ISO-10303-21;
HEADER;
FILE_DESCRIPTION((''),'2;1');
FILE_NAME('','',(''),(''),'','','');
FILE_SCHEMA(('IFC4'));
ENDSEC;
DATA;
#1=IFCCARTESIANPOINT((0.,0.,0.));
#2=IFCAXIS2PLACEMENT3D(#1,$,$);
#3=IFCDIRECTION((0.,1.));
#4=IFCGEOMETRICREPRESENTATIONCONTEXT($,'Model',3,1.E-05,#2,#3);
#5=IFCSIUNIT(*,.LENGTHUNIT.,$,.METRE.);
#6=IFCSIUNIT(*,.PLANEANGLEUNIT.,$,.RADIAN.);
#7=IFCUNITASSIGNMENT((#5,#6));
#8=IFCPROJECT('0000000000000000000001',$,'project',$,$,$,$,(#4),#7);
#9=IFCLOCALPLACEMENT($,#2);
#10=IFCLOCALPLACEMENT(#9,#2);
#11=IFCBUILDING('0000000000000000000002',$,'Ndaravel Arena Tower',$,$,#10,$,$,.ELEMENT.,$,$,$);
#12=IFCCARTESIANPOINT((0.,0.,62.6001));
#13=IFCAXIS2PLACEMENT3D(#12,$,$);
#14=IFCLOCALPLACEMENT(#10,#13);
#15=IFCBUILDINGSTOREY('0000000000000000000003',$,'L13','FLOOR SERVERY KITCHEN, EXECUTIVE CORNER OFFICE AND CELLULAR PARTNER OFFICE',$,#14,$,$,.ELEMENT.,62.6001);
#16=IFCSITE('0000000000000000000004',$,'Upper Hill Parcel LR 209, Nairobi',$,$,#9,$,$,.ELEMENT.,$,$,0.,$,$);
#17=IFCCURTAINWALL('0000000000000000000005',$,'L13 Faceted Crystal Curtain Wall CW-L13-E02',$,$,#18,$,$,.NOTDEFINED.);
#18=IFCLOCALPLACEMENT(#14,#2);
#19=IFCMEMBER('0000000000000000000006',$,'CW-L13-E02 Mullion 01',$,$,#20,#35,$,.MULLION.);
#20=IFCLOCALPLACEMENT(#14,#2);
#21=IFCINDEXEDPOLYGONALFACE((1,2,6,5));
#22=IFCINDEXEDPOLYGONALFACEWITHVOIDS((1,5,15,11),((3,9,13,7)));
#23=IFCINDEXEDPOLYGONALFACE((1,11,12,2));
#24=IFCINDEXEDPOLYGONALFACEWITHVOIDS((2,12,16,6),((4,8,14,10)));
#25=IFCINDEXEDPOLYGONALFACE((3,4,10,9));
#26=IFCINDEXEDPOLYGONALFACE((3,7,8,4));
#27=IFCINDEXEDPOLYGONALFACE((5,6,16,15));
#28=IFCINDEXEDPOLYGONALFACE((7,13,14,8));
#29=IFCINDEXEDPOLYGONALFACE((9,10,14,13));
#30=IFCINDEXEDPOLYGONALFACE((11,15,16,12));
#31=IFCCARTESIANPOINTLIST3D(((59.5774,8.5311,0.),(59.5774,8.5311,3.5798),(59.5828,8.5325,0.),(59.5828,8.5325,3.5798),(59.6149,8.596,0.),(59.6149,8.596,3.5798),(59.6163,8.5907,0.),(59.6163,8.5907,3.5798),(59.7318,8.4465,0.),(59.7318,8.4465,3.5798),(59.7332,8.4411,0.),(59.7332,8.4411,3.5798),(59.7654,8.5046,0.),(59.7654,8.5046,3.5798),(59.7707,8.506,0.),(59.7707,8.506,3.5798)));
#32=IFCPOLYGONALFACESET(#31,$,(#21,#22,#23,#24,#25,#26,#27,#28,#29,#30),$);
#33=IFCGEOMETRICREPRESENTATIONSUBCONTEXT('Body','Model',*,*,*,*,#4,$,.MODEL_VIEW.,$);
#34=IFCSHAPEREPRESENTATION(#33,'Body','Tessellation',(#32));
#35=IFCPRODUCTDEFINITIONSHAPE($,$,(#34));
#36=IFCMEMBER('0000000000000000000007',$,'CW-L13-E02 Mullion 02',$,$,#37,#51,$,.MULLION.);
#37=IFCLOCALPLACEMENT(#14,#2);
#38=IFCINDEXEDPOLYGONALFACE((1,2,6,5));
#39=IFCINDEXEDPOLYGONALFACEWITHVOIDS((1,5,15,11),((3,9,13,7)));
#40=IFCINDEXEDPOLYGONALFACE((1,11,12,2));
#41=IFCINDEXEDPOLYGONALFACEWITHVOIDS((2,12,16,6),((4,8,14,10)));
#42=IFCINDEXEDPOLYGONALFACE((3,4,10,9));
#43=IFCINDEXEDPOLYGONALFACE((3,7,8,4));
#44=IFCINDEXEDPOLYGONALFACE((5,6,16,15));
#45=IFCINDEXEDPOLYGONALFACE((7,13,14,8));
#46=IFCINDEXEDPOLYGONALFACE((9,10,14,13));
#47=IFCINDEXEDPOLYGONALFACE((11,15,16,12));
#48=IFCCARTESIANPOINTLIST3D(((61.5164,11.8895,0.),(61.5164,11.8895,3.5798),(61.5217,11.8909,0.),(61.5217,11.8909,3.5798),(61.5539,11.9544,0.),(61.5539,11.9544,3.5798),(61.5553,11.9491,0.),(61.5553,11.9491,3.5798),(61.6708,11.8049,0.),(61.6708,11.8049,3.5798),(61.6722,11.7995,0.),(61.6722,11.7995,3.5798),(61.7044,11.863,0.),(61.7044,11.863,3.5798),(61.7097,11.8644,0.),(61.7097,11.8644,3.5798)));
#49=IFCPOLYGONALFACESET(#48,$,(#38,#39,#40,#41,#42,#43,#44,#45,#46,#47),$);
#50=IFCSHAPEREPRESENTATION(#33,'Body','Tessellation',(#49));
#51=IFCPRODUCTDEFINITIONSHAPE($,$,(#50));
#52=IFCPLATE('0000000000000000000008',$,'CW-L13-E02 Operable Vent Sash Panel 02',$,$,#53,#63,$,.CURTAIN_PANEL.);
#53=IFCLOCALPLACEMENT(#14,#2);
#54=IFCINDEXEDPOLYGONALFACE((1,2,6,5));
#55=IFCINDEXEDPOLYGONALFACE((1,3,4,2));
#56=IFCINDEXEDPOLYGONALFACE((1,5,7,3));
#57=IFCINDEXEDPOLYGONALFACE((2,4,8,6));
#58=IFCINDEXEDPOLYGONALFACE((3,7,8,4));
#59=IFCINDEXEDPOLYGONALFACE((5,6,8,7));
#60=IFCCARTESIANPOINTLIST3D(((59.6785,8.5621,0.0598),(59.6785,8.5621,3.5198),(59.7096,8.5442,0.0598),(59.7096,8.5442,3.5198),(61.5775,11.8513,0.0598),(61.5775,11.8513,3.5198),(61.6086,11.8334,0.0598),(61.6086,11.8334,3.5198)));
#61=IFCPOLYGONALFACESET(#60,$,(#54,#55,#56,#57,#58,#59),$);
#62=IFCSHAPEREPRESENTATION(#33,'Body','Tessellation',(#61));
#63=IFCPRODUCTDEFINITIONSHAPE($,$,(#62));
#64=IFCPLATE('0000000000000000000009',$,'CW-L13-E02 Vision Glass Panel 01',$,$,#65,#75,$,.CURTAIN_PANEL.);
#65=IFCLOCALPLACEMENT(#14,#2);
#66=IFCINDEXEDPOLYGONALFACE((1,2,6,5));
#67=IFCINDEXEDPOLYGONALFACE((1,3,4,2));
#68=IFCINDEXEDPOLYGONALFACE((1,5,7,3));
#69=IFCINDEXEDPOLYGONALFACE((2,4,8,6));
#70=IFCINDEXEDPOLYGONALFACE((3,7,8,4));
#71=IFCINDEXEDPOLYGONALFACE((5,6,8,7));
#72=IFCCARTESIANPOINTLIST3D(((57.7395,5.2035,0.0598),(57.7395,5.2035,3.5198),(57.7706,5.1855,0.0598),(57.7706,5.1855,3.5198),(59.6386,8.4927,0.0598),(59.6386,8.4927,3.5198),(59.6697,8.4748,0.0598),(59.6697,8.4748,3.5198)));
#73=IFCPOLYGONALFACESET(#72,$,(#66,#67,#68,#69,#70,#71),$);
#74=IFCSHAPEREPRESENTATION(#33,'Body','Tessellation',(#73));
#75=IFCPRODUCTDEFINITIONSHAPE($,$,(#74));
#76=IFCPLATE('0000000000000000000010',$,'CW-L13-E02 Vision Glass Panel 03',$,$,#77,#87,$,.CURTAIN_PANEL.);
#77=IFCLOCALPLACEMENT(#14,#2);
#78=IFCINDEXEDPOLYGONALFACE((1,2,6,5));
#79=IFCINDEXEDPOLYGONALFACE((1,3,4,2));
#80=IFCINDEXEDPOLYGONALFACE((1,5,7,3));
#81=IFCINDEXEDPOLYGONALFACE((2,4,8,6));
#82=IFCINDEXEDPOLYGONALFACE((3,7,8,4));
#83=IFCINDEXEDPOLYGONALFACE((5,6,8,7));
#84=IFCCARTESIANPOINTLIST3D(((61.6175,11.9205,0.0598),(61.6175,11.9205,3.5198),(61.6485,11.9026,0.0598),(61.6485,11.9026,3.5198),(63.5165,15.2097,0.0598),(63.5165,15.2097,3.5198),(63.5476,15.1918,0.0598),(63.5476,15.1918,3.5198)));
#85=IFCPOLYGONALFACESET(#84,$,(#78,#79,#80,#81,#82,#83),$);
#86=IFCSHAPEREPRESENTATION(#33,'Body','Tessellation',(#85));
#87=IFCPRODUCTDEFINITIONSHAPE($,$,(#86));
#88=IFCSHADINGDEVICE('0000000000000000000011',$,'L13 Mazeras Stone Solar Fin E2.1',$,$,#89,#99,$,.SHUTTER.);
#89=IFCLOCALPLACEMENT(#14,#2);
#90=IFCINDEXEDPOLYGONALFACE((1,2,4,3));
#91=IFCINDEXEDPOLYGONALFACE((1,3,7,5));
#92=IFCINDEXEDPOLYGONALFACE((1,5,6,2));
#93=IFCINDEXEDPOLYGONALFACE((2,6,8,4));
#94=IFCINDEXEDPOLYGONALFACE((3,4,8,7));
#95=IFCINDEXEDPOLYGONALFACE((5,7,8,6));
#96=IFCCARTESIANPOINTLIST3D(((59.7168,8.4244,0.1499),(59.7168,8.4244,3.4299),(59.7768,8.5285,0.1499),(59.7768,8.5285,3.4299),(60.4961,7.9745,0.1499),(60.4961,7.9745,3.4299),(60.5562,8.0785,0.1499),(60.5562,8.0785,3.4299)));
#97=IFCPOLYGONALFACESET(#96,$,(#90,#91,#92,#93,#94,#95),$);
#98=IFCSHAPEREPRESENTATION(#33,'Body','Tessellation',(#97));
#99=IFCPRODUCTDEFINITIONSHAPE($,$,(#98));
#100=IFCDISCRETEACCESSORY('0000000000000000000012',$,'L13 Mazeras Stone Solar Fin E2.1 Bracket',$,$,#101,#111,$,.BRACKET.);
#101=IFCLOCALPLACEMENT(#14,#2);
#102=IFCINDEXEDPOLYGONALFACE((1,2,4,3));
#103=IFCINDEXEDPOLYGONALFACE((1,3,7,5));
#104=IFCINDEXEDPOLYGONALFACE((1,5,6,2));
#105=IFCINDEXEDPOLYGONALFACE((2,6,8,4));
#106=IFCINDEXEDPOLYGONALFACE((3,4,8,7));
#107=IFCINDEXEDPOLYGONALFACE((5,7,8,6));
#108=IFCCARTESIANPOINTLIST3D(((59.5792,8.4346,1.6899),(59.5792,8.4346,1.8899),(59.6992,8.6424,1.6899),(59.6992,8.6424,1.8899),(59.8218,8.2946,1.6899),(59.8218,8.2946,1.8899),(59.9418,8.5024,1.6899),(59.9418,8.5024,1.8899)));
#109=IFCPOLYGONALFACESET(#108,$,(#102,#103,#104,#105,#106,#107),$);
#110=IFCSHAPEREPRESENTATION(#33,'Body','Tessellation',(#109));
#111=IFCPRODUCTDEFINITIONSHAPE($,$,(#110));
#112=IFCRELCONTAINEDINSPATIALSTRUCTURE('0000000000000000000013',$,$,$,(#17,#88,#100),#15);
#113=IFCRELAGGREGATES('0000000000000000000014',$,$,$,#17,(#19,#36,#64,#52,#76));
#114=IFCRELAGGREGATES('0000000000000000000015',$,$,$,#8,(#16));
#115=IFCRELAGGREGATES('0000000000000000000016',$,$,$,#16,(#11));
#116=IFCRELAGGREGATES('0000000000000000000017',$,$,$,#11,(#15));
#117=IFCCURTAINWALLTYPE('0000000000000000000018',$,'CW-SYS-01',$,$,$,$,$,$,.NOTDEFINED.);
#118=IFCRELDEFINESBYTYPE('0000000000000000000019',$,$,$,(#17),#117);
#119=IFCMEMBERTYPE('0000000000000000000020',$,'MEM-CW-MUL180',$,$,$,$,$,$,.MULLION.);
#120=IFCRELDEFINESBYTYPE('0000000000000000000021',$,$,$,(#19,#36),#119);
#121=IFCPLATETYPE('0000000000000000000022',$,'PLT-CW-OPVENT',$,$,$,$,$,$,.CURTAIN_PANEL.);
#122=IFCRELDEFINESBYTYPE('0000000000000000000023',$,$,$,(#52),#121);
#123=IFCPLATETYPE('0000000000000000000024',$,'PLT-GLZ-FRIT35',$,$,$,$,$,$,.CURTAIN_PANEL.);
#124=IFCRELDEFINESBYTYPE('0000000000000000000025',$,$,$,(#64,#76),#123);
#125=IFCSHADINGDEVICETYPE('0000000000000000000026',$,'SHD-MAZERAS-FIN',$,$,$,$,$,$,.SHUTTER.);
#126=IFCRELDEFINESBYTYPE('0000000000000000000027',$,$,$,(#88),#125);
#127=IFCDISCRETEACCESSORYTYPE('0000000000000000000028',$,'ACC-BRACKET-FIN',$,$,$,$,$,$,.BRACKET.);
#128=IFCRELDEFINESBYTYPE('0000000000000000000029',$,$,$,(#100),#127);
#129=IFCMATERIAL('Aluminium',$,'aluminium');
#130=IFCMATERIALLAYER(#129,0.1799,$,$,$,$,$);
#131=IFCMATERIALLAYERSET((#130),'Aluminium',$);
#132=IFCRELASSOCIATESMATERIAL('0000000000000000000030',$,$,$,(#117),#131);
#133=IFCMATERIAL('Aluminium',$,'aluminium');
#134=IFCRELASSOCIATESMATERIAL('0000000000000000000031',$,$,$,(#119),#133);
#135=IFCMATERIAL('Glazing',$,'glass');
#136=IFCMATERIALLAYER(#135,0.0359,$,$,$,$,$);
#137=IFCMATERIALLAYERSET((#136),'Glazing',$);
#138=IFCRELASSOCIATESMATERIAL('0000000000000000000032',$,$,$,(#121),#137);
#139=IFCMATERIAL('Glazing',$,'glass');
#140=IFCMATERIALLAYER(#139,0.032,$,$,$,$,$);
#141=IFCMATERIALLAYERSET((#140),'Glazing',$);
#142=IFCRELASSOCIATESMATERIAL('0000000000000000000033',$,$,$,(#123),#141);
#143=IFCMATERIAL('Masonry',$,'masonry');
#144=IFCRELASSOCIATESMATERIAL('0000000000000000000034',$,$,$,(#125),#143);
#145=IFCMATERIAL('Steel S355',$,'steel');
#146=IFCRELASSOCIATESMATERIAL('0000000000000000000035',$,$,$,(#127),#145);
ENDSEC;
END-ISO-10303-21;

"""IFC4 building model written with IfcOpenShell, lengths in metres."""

from ifc_helpers import new_model, si_unit, direction, frame, origin, origin_2d, place, context, subcontext, project, spatial, rectangle, hollow_rectangle, extrude, material, layer, layer_set, material_profile, profile_set, type_object, element, aggregate, save


model = new_model("IFC4")

# Units and contexts
model_context = context("Model", 3, precision=1e-05, world=origin(), true_north=direction((0.0, 1.0)))
body_context = subcontext(model_context, "Body", "Model", "MODEL_VIEW")
ifc_project = project(units=[si_unit("LENGTHUNIT", "METRE"), si_unit("PLANEANGLEUNIT", "RADIAN")], contexts=[model_context])

# Site, building, storey
site_placement = place(None, origin())
site = spatial("IfcSite", under=ifc_project, at=site_placement, Name="Upper Hill Parcel LR 209, Nairobi", CompositionType="ELEMENT", RefElevation=0.0)
building_placement = place(site_placement, origin())
building = spatial("IfcBuilding", under=site, at=building_placement, Name="Ndaravel Arena Tower", CompositionType="ELEMENT")
storey_placement = place(building_placement, frame((0.0, 0.0, 62.6001)))
storey = spatial("IfcBuildingStorey", under=building, at=storey_placement, Name="L13", Description="FLOOR SERVERY KITCHEN, EXECUTIVE CORNER OFFICE AND CELLULAR PARTNER OFFICE", CompositionType="ELEMENT", Elevation=62.6001)

# Curtain wall, members, plates
ifc_material_1 = material(Name="Aluminium", Category="aluminium")
ifc_layer_1 = layer(ifc_material_1, 0.1799)
ifc_layer_set_1 = layer_set([ifc_layer_1], Name="Aluminium")
curtain_wall_type = type_object("IfcCurtainWallType", Name="CW-SYS-01", PredefinedType="NOTDEFINED", material=ifc_layer_set_1)
curtain_wall_placement = place(storey_placement, origin())
curtain_wall = element("IfcCurtainWall", 1, at=curtain_wall_placement, inside=storey, type_object=curtain_wall_type, Name="L13 Faceted Crystal Curtain Wall CW-L13-E02", PredefinedType="NOTDEFINED")
ifc_material_2 = material(Name="Aluminium", Category="aluminium")
ifc_material_profile_1 = material_profile(ifc_material_2, hollow_rectangle(XDim=0.075, YDim=0.1799, WallThickness=0.0039, at=origin_2d()), Name="CW MULLION 75x180x4")
ifc_profile_set_1 = profile_set([ifc_material_profile_1], Name="Aluminium")
member_type = type_object("IfcMemberType", Name="MEM-CW-MUL180", PredefinedType="MULLION", material=ifc_profile_set_1)
member_1_placement = place(storey_placement, frame((59.6741, 8.5186, 0.0), z_axis=(0.0, 0.0, 1.0), x_axis=(0.5, 0.866025, 0.0)))
member_1 = element("IfcMember", 2, at=member_1_placement, type_object=member_type, Name="CW-L13-E02 Mullion 01", PredefinedType="MULLION", context=body_context, shape_type="SweptSolid", body=[
    extrude(hollow_rectangle(XDim=0.075, YDim=0.1799, WallThickness=0.0039, at=origin_2d()), origin(), (0.0, 0.0, 1.0), 3.5798),
])
member_2_placement = place(storey_placement, frame((61.613, 11.877, 0.0), z_axis=(0.0, 0.0, 1.0), x_axis=(0.5, 0.866025, 0.0)))
member_2 = element("IfcMember", 3, at=member_2_placement, type_object=member_type, Name="CW-L13-E02 Mullion 02", PredefinedType="MULLION", context=body_context, shape_type="SweptSolid", body=[
    extrude(hollow_rectangle(XDim=0.075, YDim=0.1799, WallThickness=0.0039, at=origin_2d()), origin(), (0.0, 0.0, 1.0), 3.5798),
])
ifc_material_3 = material(Name="Glazing", Category="glass")
ifc_layer_2 = layer(ifc_material_3, 0.0359)
ifc_layer_set_2 = layer_set([ifc_layer_2], Name="Glazing")
plate_type_1 = type_object("IfcPlateType", Name="PLT-CW-OPVENT", PredefinedType="CURTAIN_PANEL", material=ifc_layer_set_2)
plate_1_placement = place(storey_placement, frame((60.6436, 10.1978, 0.0598), z_axis=(0.0, 0.0, 1.0), x_axis=(0.5, 0.866025, 0.0)))
plate_1 = element("IfcPlate", 4, at=plate_1_placement, type_object=plate_type_1, Name="CW-L13-E02 Operable Vent Sash Panel 02", PredefinedType="CURTAIN_PANEL", context=body_context, shape_type="SweptSolid", body=[
    extrude(rectangle(XDim=3.7981, YDim=0.0359, at=origin_2d()), origin(), (0.0, 0.0, 1.0), 3.46),
])
ifc_material_4 = material(Name="Glazing", Category="glass")
ifc_layer_3 = layer(ifc_material_4, 0.032)
ifc_layer_set_3 = layer_set([ifc_layer_3], Name="Glazing")
plate_type_2 = type_object("IfcPlateType", Name="PLT-GLZ-FRIT35", PredefinedType="CURTAIN_PANEL", material=ifc_layer_set_3)
plate_2_placement = place(storey_placement, frame((58.7046, 6.8391, 0.0598), z_axis=(0.0, 0.0, 1.0), x_axis=(0.5, 0.866025, 0.0)))
plate_2 = element("IfcPlate", 5, at=plate_2_placement, type_object=plate_type_2, Name="CW-L13-E02 Vision Glass Panel 01", PredefinedType="CURTAIN_PANEL", context=body_context, shape_type="SweptSolid", body=[
    extrude(rectangle(XDim=3.7981, YDim=0.0359, at=origin_2d()), origin(), (0.0, 0.0, 1.0), 3.46),
])
plate_3_placement = place(storey_placement, frame((62.5825, 13.5562, 0.0598), z_axis=(0.0, 0.0, 1.0), x_axis=(0.5, 0.866025, 0.0)))
plate_3 = element("IfcPlate", 6, at=plate_3_placement, type_object=plate_type_2, Name="CW-L13-E02 Vision Glass Panel 03", PredefinedType="CURTAIN_PANEL", context=body_context, shape_type="SweptSolid", body=[
    extrude(rectangle(XDim=3.7981, YDim=0.0359, at=origin_2d()), origin(), (0.0, 0.0, 1.0), 3.46),
])
aggregate(curtain_wall, [member_1, member_2, plate_2, plate_1, plate_3])

# Shading device
ifc_material_5 = material(Name="Masonry", Category="masonry")
shading_device_type = type_object("IfcShadingDeviceType", Name="SHD-MAZERAS-FIN", PredefinedType="SHUTTER", material=ifc_material_5)
shading_device_placement = place(storey_placement, frame((60.1365, 8.2515, 0.1499), z_axis=(0.0, 0.0, 1.0), x_axis=(0.866025, -0.5, 0.0)))
element("IfcShadingDevice", 7, at=shading_device_placement, inside=storey, type_object=shading_device_type, Name="L13 Mazeras Stone Solar Fin E2.1", PredefinedType="SHUTTER", context=body_context, shape_type="SweptSolid", body=[
    extrude(rectangle(XDim=0.8999, YDim=0.1201, at=origin_2d()), origin(), (0.0, 0.0, 1.0), 3.28),
])

# Discrete accessory
ifc_material_6 = material(Name="Steel S355", Category="steel")
discrete_accessory_type = type_object("IfcDiscreteAccessoryType", Name="ACC-BRACKET-FIN", PredefinedType="BRACKET", material=ifc_material_6)
discrete_accessory_placement = place(storey_placement, frame((59.7605, 8.4685, 1.6899), z_axis=(0.0, 0.0, 1.0), x_axis=(0.866025, -0.5, 0.0)))
element("IfcDiscreteAccessory", 8, at=discrete_accessory_placement, inside=storey, type_object=discrete_accessory_type, Name="L13 Mazeras Stone Solar Fin E2.1 Bracket", PredefinedType="BRACKET", context=body_context, shape_type="SweptSolid", body=[
    extrude(rectangle(XDim=0.28, YDim=0.24, at=origin_2d()), origin(), (0.0, 0.0, 1.0), 0.2),
])

save(model, "model.ifc")
